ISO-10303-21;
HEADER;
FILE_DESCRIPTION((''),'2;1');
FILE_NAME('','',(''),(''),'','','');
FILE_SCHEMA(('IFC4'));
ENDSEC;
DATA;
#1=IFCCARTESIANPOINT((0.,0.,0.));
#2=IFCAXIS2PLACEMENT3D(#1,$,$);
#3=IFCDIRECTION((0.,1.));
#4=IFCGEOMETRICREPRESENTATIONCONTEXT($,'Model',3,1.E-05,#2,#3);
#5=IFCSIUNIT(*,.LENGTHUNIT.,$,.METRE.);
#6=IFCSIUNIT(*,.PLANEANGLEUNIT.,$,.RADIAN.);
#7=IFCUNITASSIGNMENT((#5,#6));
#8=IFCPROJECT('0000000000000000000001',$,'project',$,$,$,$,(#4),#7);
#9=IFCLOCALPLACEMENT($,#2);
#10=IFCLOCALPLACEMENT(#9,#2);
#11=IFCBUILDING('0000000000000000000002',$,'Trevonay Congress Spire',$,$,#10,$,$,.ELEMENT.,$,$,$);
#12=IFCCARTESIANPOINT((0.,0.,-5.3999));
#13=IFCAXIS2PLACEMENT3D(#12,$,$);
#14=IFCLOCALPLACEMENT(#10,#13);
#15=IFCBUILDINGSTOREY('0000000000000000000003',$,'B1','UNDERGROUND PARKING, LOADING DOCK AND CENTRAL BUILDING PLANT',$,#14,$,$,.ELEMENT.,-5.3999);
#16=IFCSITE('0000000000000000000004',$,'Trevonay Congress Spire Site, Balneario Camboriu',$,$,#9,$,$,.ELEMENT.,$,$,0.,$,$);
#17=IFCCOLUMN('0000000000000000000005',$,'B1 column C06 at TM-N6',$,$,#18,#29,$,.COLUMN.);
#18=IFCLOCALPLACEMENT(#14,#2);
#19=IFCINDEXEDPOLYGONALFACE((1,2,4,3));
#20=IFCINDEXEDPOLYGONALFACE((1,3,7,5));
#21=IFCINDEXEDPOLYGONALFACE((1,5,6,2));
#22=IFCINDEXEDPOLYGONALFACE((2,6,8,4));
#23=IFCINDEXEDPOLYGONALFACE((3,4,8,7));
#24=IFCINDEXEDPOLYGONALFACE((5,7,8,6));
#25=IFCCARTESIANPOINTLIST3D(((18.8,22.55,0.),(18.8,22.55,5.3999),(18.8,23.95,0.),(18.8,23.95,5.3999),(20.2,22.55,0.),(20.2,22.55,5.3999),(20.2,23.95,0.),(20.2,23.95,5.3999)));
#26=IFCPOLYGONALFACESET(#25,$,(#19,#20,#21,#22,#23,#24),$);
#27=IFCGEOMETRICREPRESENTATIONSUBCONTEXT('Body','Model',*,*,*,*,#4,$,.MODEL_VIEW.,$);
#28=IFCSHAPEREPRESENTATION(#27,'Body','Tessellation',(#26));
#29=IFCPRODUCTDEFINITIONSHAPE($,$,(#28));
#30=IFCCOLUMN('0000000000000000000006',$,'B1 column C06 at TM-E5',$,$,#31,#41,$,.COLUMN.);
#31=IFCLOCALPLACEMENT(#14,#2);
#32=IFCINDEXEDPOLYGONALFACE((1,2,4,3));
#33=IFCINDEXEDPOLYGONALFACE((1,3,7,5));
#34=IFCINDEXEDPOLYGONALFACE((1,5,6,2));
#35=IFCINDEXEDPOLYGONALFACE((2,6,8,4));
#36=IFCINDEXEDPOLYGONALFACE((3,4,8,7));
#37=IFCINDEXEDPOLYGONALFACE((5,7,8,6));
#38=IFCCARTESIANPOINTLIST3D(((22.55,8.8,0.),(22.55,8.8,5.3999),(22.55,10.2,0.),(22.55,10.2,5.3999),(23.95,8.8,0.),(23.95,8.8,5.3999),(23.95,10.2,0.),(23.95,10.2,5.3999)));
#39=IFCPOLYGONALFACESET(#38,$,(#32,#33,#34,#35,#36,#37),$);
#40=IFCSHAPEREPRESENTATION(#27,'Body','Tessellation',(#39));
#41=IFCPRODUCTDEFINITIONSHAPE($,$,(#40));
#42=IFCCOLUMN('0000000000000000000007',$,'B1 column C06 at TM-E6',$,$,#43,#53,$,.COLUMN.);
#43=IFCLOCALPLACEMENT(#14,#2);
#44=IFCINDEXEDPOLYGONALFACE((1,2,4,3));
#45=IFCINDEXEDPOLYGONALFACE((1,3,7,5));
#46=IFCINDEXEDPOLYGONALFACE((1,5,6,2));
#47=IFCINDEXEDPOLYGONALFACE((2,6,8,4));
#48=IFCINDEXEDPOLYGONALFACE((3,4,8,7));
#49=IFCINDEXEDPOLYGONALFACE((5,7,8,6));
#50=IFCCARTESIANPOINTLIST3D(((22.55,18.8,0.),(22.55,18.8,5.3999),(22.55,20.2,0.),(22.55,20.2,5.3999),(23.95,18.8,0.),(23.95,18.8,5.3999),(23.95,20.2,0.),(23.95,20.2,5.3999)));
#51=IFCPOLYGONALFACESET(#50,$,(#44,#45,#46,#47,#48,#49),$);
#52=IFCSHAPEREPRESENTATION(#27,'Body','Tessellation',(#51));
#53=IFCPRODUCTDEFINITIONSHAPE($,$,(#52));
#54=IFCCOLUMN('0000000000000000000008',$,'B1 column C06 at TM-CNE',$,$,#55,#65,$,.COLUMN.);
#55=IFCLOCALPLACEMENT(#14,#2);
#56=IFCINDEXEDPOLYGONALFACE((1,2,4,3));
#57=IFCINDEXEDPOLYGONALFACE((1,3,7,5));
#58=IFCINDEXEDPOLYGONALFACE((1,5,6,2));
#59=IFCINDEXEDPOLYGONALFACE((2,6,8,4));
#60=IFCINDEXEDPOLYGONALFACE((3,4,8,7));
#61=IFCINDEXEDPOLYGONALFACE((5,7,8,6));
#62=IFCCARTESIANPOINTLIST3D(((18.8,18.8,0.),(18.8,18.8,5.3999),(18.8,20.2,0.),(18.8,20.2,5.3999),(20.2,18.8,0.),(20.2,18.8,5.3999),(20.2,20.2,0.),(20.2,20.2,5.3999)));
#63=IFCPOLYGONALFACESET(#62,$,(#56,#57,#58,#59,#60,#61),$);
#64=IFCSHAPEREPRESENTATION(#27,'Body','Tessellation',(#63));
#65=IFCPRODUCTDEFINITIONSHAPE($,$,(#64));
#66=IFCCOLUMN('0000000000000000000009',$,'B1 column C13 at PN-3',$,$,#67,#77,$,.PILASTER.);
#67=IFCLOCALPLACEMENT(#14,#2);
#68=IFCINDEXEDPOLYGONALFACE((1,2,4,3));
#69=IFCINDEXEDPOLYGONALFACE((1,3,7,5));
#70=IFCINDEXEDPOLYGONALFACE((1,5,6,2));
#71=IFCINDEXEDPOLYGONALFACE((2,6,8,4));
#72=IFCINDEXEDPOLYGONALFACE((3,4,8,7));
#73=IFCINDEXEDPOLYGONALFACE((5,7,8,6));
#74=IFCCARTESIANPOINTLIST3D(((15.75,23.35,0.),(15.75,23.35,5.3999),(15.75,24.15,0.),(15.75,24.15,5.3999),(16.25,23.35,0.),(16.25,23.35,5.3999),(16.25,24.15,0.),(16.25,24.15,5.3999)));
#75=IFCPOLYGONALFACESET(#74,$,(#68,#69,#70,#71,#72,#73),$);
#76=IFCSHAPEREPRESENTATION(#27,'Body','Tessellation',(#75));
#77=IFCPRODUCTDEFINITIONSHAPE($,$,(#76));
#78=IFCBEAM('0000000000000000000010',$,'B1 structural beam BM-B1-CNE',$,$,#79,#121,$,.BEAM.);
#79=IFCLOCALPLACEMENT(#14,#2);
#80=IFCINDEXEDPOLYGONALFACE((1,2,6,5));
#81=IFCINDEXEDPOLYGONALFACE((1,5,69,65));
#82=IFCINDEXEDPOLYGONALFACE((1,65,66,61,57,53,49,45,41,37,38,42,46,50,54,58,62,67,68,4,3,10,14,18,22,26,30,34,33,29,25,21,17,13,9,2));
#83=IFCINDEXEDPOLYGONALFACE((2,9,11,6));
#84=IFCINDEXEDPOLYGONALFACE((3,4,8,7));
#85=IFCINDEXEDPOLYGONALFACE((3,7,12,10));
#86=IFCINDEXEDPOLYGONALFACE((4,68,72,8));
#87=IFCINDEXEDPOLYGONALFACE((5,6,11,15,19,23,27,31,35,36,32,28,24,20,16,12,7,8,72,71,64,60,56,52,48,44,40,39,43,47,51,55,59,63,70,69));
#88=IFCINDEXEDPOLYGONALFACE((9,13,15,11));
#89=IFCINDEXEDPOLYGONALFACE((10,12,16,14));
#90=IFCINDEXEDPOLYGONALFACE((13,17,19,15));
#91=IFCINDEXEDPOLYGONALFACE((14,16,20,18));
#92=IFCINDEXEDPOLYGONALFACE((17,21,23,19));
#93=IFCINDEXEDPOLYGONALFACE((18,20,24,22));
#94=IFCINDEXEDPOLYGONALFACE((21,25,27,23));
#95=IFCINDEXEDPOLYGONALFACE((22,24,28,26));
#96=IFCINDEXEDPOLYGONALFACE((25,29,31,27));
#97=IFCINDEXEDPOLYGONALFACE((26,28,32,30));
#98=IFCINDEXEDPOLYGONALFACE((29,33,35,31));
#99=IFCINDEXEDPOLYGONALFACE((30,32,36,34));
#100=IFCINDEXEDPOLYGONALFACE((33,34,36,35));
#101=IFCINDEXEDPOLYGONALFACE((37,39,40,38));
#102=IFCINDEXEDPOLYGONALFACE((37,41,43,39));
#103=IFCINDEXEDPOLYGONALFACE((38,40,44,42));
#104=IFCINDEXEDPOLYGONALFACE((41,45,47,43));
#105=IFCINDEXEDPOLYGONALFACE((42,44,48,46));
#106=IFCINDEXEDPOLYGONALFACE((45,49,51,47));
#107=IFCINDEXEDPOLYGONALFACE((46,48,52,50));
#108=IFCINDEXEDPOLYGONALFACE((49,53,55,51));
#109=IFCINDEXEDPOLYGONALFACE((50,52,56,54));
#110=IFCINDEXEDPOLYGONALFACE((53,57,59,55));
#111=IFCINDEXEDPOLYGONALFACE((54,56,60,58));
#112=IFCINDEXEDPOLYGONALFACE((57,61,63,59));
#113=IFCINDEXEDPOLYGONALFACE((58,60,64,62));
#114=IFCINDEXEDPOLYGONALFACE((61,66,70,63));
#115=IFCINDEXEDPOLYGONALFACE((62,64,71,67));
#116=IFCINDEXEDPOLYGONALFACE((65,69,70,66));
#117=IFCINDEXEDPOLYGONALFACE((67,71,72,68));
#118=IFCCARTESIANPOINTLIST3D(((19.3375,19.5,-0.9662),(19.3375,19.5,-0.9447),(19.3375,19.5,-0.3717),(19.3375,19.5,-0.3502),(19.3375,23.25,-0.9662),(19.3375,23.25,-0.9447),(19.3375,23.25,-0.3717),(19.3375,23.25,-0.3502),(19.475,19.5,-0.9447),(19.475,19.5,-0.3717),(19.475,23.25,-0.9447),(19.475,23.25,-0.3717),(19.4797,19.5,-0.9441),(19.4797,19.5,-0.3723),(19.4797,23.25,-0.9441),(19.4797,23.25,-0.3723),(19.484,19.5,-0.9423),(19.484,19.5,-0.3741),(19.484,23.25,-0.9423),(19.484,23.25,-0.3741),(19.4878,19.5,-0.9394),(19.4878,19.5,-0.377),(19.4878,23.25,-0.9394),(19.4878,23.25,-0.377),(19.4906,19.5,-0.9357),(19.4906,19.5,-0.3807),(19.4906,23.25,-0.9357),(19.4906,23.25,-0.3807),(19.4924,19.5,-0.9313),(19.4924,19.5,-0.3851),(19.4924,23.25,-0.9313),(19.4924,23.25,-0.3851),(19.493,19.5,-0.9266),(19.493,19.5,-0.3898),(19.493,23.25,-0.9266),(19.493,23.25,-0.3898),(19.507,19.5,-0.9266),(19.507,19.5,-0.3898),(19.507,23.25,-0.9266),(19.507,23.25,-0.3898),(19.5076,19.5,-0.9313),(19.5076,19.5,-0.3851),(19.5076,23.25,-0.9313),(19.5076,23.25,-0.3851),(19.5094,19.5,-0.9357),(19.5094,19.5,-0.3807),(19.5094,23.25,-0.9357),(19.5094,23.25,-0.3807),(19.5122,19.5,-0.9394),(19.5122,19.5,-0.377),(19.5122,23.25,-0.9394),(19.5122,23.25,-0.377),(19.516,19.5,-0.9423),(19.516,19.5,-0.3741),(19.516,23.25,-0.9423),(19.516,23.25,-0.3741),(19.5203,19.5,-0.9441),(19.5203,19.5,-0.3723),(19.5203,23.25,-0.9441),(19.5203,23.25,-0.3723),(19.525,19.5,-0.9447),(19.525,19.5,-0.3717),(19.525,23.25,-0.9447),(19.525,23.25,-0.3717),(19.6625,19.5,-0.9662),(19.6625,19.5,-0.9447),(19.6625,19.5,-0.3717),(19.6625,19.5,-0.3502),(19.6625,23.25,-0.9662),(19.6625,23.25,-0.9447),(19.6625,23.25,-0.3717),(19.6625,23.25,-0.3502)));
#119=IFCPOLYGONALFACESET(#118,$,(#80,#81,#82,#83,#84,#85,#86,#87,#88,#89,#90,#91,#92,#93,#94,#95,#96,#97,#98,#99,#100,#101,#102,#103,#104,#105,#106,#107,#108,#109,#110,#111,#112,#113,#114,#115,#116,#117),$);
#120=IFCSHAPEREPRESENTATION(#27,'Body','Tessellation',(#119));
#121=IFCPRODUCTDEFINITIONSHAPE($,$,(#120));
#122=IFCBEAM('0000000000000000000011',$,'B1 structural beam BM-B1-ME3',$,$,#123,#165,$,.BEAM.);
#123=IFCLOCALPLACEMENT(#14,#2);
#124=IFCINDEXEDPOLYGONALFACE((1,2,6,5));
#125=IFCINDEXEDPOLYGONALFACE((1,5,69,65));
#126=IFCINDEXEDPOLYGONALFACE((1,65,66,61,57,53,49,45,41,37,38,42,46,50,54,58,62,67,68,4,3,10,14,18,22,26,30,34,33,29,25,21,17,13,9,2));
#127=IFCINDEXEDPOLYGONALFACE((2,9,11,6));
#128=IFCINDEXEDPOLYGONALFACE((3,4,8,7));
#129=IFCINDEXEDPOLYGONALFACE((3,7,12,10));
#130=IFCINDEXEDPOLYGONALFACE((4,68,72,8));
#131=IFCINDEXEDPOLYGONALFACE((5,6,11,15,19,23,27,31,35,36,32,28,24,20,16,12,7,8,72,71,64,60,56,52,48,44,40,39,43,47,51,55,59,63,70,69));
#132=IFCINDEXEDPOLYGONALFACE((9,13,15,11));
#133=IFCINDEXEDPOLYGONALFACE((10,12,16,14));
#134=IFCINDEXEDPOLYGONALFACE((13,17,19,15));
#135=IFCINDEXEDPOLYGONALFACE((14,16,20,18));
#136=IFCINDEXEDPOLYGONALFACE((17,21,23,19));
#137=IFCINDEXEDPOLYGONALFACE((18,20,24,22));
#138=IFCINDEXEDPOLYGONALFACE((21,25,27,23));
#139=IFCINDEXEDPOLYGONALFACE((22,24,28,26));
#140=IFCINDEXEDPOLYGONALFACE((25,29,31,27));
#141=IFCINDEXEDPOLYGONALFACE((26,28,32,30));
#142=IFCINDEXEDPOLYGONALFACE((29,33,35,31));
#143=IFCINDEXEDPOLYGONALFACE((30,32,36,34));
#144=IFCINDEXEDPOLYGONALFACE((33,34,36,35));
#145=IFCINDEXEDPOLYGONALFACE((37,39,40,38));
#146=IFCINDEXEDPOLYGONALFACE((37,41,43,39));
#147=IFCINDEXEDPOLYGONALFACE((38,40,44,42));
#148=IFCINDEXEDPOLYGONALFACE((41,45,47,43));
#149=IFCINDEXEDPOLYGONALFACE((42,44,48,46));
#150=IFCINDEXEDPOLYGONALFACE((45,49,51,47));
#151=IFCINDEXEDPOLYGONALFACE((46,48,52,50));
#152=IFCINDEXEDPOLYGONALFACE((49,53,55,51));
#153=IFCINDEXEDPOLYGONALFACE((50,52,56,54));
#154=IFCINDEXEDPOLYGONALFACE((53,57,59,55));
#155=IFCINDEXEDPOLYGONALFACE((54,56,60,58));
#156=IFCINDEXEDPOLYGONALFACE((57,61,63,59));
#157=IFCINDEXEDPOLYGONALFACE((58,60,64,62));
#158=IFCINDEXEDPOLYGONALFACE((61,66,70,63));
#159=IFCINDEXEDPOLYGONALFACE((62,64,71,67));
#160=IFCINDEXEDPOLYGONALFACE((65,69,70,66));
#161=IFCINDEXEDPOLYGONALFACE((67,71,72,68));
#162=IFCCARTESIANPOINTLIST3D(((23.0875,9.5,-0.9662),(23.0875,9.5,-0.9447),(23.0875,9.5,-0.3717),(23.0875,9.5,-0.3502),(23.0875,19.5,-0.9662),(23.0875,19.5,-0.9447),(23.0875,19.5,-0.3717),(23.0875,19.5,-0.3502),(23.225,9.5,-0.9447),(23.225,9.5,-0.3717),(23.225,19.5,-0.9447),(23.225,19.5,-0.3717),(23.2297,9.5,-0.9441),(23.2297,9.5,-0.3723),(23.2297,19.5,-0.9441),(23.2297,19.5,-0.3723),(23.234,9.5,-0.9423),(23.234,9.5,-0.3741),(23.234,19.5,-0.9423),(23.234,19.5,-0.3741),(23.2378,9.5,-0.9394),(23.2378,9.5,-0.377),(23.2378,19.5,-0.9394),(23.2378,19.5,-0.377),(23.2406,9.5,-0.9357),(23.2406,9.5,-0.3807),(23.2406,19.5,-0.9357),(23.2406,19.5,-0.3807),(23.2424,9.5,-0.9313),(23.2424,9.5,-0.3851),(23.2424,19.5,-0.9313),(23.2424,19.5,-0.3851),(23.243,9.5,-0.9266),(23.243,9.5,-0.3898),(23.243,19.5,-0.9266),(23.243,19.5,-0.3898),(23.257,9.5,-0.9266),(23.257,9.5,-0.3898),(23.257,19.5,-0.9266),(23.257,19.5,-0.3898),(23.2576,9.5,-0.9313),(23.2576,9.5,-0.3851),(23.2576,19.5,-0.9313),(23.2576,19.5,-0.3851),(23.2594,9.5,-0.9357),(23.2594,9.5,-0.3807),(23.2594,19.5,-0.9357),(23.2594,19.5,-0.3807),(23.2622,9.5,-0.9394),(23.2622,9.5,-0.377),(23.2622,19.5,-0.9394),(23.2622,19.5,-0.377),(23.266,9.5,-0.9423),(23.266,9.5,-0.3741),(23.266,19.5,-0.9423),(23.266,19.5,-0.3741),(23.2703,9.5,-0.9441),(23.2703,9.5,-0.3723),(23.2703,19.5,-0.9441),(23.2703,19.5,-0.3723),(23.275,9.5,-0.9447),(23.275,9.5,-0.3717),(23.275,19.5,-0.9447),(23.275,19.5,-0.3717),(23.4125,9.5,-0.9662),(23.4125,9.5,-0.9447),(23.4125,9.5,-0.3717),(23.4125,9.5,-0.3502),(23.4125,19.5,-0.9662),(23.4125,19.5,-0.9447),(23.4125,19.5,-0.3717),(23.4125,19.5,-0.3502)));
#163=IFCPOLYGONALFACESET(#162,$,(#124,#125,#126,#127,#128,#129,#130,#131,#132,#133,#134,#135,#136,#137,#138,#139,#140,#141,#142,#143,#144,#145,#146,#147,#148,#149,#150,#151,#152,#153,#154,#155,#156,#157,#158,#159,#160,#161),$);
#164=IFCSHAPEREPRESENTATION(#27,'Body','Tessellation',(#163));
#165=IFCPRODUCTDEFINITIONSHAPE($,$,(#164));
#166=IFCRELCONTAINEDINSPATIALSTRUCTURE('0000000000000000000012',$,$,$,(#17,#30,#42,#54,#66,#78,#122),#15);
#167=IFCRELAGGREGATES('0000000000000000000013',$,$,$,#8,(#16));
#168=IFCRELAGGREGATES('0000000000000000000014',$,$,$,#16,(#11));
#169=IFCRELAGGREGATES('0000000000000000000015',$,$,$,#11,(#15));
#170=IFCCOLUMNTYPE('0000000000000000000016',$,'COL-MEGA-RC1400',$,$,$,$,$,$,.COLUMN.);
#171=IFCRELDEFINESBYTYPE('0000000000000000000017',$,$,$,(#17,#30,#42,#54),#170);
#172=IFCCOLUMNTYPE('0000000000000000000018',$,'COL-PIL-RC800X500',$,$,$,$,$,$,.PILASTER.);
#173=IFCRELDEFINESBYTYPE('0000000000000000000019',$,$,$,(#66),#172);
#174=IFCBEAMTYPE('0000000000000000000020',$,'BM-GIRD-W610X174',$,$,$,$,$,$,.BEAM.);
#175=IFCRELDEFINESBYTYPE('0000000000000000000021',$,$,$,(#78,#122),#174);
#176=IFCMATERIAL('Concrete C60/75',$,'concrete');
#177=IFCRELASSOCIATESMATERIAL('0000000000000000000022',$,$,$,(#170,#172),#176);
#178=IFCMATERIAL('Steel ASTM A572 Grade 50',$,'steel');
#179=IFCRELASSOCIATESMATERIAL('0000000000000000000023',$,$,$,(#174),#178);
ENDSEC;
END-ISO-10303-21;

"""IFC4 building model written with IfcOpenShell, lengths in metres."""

from ifc_helpers import new_model, si_unit, direction, frame, origin, origin_2d, place, context, subcontext, project, spatial, rectangle, i_section, extrude, material, material_profile, profile_set, type_object, element, save


model = new_model("IFC4")

# Units and contexts
model_context = context("Model", 3, precision=1e-05, world=origin(), true_north=direction((0.0, 1.0)))
body_context = subcontext(model_context, "Body", "Model", "MODEL_VIEW")
ifc_project = project(units=[si_unit("LENGTHUNIT", "METRE"), si_unit("PLANEANGLEUNIT", "RADIAN")], contexts=[model_context])

# Site, building, storey
site_placement = place(None, origin())
site = spatial("IfcSite", under=ifc_project, at=site_placement, Name="Trevonay Congress Spire Site, Balneario Camboriu", CompositionType="ELEMENT", RefElevation=0.0)
building_placement = place(site_placement, origin())
building = spatial("IfcBuilding", under=site, at=building_placement, Name="Trevonay Congress Spire", CompositionType="ELEMENT")
storey_placement = place(building_placement, frame((0.0, 0.0, -5.3999)))
storey = spatial("IfcBuildingStorey", under=building, at=storey_placement, Name="B1", Description="UNDERGROUND PARKING, LOADING DOCK AND CENTRAL BUILDING PLANT", CompositionType="ELEMENT", Elevation=-5.3999)

# Columns
ifc_material_1 = material(Name="Concrete C60/75", Category="concrete")
ifc_material_profile_1 = material_profile(ifc_material_1, rectangle(XDim=1.3999, YDim=1.3999, at=origin_2d()), Name="RC 1400x1400")
ifc_profile_set_1 = profile_set([ifc_material_profile_1], Name="Concrete C60/75")
column_type_1 = type_object("IfcColumnType", Name="COL-MEGA-RC1400", PredefinedType="COLUMN", material=ifc_profile_set_1)
for number, where, z_axis, x_axis, name in (
    (1, (19.5, 23.25, 0.0), (0.0, 0.0, 1.0), (1.0, 0.0, 0.0), "B1 column C06 at TM-N6"),
    (2, (23.25, 9.5, 0.0), (0.0, 0.0, 1.0), (1.0, 0.0, 0.0), "B1 column C06 at TM-E5"),
    (3, (23.25, 19.5, 0.0), (0.0, 0.0, 1.0), (1.0, 0.0, 0.0), "B1 column C06 at TM-E6"),
    (4, (19.5, 19.5, 0.0), (0.0, 0.0, 1.0), (1.0, 0.0, 0.0), "B1 column C06 at TM-CNE"),
):
    element("IfcColumn", number, at=place(storey_placement, frame(where, z_axis=z_axis, x_axis=x_axis)), inside=storey, type_object=column_type_1, Name=name, PredefinedType="COLUMN", context=body_context, shape_type="SweptSolid", body=[
        extrude(rectangle(XDim=1.3999, YDim=1.3999, at=origin_2d()), origin(), (0.0, 0.0, 1.0), 5.3999),
    ])
ifc_material_profile_2 = material_profile(ifc_material_1, rectangle(XDim=0.5, YDim=0.8, at=origin_2d()), Name="RC 800x500")
ifc_profile_set_2 = profile_set([ifc_material_profile_2], Name="Concrete C60/75")
column_type_2 = type_object("IfcColumnType", Name="COL-PIL-RC800X500", PredefinedType="PILASTER", material=ifc_profile_set_2)
column_placement = place(storey_placement, frame((16.0, 23.75, 0.0), z_axis=(0.0, 0.0, 1.0), x_axis=(1.0, 0.0, 0.0)))
element("IfcColumn", 5, at=column_placement, inside=storey, type_object=column_type_2, Name="B1 column C13 at PN-3", PredefinedType="PILASTER", context=body_context, shape_type="SweptSolid", body=[
    extrude(rectangle(XDim=0.5, YDim=0.8, at=origin_2d()), origin(), (0.0, 0.0, 1.0), 5.3999),
])

# Beams
ifc_material_2 = material(Name="Steel ASTM A572 Grade 50", Category="steel")
ifc_material_profile_3 = material_profile(ifc_material_2, i_section(OverallWidth=0.325, OverallDepth=0.616, WebThickness=0.0139, FlangeThickness=0.0215, FilletRadius=0.0181, at=origin_2d()), Name="W610x174")
ifc_profile_set_3 = profile_set([ifc_material_profile_3], Name="Steel ASTM A572 Grade 50")
beam_type_1 = type_object("IfcBeamType", Name="BM-GIRD-W610X174", PredefinedType="BEAM", material=ifc_profile_set_3)
beam_1_placement = place(storey_placement, frame((19.5, 23.25, -0.6582), z_axis=(0.0, -1.0, 0.0), x_axis=(1.0, 0.0, 0.0)))
element("IfcBeam", 6, at=beam_1_placement, inside=storey, type_object=beam_type_1, Name="B1 structural beam BM-B1-CNE", PredefinedType="BEAM", context=body_context, shape_type="SweptSolid", body=[
    extrude(i_section(OverallWidth=0.325, OverallDepth=0.616, WebThickness=0.0139, FlangeThickness=0.0215, FilletRadius=0.0181, at=origin_2d()), origin(), (0.0, 0.0, 1.0), 3.75),
])
beam_2_placement = place(storey_placement, frame((23.25, 9.5, -0.6582), z_axis=(0.0, 1.0, 0.0), x_axis=(-1.0, 0.0, 0.0)))
element("IfcBeam", 7, at=beam_2_placement, inside=storey, type_object=beam_type_1, Name="B1 structural beam BM-B1-ME3", PredefinedType="BEAM", context=body_context, shape_type="SweptSolid", body=[
    extrude(i_section(OverallWidth=0.325, OverallDepth=0.616, WebThickness=0.0139, FlangeThickness=0.0215, FilletRadius=0.0181, at=origin_2d()), origin(), (0.0, 0.0, 1.0), 10.0),
])

save(model, "model.ifc")
